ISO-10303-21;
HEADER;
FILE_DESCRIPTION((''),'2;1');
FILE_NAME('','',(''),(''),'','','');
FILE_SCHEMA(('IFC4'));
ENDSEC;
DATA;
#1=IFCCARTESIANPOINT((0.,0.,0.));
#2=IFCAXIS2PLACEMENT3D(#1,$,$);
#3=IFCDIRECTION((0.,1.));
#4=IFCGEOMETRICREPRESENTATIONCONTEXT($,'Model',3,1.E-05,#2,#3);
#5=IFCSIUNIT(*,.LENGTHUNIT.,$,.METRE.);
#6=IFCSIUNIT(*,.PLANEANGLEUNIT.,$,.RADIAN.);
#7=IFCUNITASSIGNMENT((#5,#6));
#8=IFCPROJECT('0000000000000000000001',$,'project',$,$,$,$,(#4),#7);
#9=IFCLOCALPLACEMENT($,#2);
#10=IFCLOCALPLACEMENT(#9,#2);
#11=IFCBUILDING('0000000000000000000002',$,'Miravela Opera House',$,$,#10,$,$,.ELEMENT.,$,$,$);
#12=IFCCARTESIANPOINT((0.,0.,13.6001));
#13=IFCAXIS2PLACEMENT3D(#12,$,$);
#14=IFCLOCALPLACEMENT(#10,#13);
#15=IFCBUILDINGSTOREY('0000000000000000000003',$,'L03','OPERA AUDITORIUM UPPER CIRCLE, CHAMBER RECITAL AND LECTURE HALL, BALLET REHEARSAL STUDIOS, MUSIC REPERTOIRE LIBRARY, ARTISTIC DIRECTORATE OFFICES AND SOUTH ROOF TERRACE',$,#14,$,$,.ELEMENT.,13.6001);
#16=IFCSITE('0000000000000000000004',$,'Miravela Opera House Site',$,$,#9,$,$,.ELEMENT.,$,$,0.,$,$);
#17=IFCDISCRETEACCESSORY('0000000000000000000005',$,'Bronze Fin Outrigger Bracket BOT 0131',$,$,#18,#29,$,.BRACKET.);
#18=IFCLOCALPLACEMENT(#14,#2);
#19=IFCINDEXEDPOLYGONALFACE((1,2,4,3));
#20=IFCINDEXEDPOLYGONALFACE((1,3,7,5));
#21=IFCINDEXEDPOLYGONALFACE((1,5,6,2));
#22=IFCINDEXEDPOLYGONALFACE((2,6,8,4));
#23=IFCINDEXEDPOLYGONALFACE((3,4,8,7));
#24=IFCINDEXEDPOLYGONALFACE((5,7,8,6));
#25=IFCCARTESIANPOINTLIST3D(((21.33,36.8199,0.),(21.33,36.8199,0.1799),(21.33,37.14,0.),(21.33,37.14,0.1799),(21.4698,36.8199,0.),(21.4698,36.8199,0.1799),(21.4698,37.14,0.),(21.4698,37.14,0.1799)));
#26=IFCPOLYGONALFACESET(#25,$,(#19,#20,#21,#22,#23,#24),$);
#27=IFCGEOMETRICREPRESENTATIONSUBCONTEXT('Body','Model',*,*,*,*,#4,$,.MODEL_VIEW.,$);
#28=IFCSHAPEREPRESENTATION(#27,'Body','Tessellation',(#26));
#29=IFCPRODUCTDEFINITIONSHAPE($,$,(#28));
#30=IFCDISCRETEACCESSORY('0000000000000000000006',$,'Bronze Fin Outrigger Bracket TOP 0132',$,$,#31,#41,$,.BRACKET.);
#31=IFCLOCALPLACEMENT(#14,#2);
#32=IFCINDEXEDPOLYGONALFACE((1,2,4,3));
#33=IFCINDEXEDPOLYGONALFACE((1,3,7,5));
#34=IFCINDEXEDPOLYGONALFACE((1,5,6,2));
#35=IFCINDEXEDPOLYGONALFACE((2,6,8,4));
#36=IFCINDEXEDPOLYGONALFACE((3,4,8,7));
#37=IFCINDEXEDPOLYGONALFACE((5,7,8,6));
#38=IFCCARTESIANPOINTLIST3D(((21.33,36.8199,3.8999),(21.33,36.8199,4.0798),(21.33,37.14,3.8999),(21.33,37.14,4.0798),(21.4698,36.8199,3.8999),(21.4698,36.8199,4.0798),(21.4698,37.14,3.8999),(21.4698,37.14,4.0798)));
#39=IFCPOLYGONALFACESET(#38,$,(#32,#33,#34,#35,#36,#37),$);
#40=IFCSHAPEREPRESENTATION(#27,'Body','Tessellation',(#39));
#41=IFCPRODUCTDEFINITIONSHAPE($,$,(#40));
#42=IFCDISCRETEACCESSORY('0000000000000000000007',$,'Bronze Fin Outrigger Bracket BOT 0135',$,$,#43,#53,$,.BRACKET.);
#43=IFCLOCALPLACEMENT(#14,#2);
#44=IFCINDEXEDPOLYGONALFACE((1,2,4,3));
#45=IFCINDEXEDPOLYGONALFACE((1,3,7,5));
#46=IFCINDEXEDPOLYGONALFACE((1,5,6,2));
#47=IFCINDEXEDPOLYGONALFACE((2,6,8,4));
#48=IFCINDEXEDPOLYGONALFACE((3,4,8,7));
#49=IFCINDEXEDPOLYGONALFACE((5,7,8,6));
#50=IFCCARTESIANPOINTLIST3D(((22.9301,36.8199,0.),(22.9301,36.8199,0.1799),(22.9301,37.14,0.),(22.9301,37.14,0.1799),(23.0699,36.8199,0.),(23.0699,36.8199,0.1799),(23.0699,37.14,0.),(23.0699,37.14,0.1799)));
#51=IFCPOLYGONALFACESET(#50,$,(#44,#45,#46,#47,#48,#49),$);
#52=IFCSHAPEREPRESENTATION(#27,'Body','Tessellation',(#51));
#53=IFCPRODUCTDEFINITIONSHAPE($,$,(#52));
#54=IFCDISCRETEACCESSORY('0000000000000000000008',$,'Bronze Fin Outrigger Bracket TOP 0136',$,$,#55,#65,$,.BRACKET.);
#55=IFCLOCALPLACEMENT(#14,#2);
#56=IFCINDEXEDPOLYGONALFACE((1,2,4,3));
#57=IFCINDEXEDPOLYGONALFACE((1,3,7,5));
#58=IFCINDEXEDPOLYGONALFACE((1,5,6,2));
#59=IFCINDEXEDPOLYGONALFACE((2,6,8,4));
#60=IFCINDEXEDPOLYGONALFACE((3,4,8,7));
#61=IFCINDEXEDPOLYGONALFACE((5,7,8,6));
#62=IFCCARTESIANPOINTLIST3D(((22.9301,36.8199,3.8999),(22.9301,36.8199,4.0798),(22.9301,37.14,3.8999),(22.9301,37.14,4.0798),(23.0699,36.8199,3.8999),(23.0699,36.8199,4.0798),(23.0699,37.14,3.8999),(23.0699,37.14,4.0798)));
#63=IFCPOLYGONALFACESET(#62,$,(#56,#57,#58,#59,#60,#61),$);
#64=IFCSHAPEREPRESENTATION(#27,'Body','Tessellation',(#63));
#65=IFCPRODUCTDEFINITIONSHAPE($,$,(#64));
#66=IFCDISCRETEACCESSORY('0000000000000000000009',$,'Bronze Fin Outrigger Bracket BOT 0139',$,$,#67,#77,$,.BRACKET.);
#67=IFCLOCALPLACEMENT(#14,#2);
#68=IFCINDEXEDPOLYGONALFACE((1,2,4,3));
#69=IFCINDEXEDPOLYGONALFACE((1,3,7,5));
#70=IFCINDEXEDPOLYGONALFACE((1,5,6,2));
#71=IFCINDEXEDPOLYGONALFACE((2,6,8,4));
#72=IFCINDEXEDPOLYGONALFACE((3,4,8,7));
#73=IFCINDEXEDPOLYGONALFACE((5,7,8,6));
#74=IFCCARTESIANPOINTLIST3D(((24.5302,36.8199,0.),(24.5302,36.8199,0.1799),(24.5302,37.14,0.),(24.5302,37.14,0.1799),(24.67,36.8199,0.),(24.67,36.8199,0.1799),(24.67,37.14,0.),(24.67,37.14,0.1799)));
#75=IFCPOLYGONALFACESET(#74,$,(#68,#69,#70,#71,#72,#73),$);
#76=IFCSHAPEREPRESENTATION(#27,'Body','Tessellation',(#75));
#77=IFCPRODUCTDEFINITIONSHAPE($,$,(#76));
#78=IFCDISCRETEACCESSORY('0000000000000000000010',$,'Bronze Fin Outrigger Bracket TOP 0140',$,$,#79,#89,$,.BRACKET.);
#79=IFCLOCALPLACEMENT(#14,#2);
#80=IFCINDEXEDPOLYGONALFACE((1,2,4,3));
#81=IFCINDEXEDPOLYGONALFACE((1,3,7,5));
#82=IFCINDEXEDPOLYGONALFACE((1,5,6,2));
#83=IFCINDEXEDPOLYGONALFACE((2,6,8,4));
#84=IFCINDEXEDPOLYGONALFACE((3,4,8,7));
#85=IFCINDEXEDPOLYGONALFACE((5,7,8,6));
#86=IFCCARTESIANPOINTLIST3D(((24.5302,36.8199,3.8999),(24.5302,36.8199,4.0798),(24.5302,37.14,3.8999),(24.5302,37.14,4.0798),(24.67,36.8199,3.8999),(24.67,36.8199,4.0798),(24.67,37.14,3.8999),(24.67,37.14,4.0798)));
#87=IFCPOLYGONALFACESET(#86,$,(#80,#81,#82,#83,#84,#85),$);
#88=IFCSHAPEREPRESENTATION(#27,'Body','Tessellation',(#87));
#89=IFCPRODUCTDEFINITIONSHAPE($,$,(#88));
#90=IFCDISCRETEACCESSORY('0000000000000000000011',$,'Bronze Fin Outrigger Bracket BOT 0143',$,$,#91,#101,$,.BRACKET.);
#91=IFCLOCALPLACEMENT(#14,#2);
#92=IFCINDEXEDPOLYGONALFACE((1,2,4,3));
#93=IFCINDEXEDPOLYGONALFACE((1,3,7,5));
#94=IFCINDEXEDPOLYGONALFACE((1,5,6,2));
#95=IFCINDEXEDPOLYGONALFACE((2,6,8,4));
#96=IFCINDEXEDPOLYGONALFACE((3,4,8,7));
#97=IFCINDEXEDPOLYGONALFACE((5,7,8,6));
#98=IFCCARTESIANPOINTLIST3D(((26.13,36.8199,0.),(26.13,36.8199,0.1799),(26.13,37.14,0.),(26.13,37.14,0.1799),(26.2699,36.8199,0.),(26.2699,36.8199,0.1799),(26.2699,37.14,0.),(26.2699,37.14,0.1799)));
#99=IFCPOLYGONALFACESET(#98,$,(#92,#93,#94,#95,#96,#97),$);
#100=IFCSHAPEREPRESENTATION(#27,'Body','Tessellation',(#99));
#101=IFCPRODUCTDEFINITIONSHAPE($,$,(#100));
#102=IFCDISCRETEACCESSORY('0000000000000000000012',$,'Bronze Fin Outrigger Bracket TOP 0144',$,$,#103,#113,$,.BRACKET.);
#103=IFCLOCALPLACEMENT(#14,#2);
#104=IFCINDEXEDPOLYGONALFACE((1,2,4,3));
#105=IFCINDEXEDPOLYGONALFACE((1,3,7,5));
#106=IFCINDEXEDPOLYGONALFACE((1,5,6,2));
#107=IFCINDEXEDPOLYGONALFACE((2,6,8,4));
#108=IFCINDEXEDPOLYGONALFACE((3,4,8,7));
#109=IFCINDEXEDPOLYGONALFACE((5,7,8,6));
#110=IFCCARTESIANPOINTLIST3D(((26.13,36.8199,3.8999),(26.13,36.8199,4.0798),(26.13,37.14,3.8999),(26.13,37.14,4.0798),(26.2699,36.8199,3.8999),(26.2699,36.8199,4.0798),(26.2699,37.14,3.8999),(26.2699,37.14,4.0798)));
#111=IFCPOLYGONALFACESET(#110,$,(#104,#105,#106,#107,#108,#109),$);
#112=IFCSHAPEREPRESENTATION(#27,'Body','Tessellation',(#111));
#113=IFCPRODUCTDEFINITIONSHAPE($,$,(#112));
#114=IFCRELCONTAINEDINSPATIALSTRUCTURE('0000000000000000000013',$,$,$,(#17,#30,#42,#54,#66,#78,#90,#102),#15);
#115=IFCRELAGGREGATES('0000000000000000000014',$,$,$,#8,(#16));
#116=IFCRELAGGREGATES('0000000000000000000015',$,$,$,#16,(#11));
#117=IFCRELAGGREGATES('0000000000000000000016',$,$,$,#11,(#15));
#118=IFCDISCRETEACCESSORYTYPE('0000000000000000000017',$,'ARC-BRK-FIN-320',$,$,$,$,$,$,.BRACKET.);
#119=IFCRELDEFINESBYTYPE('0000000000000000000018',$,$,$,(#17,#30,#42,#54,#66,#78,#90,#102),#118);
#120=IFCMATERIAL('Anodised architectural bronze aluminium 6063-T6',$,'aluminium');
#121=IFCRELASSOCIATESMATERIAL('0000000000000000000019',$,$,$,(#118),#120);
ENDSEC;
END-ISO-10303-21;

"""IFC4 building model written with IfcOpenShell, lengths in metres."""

from ifc_helpers import new_model, si_unit, direction, frame, origin, origin_2d, place, context, subcontext, project, spatial, rectangle, extrude, material, type_object, element, save


model = new_model("IFC4")

# Units and contexts
model_context = context("Model", 3, precision=1e-05, world=origin(), true_north=direction((0.0, 1.0)))
body_context = subcontext(model_context, "Body", "Model", "MODEL_VIEW")
ifc_project = project(units=[si_unit("LENGTHUNIT", "METRE"), si_unit("PLANEANGLEUNIT", "RADIAN")], contexts=[model_context])

# Site, building, storey
site_placement = place(None, origin())
site = spatial("IfcSite", under=ifc_project, at=site_placement, Name="Miravela Opera House Site", CompositionType="ELEMENT", RefElevation=0.0)
building_placement = place(site_placement, origin())
building = spatial("IfcBuilding", under=site, at=building_placement, Name="Miravela Opera House", CompositionType="ELEMENT")
storey_placement = place(building_placement, frame((0.0, 0.0, 13.6001)))
storey = spatial("IfcBuildingStorey", under=building, at=storey_placement, Name="L03", Description="OPERA AUDITORIUM UPPER CIRCLE, CHAMBER RECITAL AND LECTURE HALL, BALLET REHEARSAL STUDIOS, MUSIC REPERTOIRE LIBRARY, ARTISTIC DIRECTORATE OFFICES AND SOUTH ROOF TERRACE", CompositionType="ELEMENT", Elevation=13.6001)

# Shared definitions
ifc_material_1 = material(Name="Anodised architectural bronze aluminium 6063-T6", Category="aluminium")

# Discrete accessories
discrete_accessory_type = type_object("IfcDiscreteAccessoryType", Name="ARC-BRK-FIN-320", PredefinedType="BRACKET", material=ifc_material_1)
for number, where, z_axis, x_axis, name in (
    (1, (21.3999, 36.98, 0.0), (0.0, 0.0, 1.0), (0.0, 1.0, 0.0), "Bronze Fin Outrigger Bracket BOT 0131"),
    (2, (21.3999, 36.98, 3.8999), (0.0, 0.0, 1.0), (0.0, 1.0, 0.0), "Bronze Fin Outrigger Bracket TOP 0132"),
    (3, (23.0, 36.98, 0.0), (0.0, 0.0, 1.0), (0.0, 1.0, 0.0), "Bronze Fin Outrigger Bracket BOT 0135"),
    (4, (23.0, 36.98, 3.8999), (0.0, 0.0, 1.0), (0.0, 1.0, 0.0), "Bronze Fin Outrigger Bracket TOP 0136"),
    (5, (24.6001, 36.98, 0.0), (0.0, 0.0, 1.0), (0.0, 1.0, 0.0), "Bronze Fin Outrigger Bracket BOT 0139"),
    (6, (24.6001, 36.98, 3.8999), (0.0, 0.0, 1.0), (0.0, 1.0, 0.0), "Bronze Fin Outrigger Bracket TOP 0140"),
    (7, (26.2, 36.98, 0.0), (0.0, 0.0, 1.0), (0.0, 1.0, 0.0), "Bronze Fin Outrigger Bracket BOT 0143"),
    (8, (26.2, 36.98, 3.8999), (0.0, 0.0, 1.0), (0.0, 1.0, 0.0), "Bronze Fin Outrigger Bracket TOP 0144"),
):
    element("IfcDiscreteAccessory", number, at=place(storey_placement, frame(where, z_axis=z_axis, x_axis=x_axis)), inside=storey, type_object=discrete_accessory_type, Name=name, PredefinedType="BRACKET", context=body_context, shape_type="SweptSolid", body=[
        extrude(rectangle(XDim=0.3201, YDim=0.1399, at=origin_2d()), origin(), (0.0, 0.0, 1.0), 0.1799),
    ])

save(model, "model.ifc")
